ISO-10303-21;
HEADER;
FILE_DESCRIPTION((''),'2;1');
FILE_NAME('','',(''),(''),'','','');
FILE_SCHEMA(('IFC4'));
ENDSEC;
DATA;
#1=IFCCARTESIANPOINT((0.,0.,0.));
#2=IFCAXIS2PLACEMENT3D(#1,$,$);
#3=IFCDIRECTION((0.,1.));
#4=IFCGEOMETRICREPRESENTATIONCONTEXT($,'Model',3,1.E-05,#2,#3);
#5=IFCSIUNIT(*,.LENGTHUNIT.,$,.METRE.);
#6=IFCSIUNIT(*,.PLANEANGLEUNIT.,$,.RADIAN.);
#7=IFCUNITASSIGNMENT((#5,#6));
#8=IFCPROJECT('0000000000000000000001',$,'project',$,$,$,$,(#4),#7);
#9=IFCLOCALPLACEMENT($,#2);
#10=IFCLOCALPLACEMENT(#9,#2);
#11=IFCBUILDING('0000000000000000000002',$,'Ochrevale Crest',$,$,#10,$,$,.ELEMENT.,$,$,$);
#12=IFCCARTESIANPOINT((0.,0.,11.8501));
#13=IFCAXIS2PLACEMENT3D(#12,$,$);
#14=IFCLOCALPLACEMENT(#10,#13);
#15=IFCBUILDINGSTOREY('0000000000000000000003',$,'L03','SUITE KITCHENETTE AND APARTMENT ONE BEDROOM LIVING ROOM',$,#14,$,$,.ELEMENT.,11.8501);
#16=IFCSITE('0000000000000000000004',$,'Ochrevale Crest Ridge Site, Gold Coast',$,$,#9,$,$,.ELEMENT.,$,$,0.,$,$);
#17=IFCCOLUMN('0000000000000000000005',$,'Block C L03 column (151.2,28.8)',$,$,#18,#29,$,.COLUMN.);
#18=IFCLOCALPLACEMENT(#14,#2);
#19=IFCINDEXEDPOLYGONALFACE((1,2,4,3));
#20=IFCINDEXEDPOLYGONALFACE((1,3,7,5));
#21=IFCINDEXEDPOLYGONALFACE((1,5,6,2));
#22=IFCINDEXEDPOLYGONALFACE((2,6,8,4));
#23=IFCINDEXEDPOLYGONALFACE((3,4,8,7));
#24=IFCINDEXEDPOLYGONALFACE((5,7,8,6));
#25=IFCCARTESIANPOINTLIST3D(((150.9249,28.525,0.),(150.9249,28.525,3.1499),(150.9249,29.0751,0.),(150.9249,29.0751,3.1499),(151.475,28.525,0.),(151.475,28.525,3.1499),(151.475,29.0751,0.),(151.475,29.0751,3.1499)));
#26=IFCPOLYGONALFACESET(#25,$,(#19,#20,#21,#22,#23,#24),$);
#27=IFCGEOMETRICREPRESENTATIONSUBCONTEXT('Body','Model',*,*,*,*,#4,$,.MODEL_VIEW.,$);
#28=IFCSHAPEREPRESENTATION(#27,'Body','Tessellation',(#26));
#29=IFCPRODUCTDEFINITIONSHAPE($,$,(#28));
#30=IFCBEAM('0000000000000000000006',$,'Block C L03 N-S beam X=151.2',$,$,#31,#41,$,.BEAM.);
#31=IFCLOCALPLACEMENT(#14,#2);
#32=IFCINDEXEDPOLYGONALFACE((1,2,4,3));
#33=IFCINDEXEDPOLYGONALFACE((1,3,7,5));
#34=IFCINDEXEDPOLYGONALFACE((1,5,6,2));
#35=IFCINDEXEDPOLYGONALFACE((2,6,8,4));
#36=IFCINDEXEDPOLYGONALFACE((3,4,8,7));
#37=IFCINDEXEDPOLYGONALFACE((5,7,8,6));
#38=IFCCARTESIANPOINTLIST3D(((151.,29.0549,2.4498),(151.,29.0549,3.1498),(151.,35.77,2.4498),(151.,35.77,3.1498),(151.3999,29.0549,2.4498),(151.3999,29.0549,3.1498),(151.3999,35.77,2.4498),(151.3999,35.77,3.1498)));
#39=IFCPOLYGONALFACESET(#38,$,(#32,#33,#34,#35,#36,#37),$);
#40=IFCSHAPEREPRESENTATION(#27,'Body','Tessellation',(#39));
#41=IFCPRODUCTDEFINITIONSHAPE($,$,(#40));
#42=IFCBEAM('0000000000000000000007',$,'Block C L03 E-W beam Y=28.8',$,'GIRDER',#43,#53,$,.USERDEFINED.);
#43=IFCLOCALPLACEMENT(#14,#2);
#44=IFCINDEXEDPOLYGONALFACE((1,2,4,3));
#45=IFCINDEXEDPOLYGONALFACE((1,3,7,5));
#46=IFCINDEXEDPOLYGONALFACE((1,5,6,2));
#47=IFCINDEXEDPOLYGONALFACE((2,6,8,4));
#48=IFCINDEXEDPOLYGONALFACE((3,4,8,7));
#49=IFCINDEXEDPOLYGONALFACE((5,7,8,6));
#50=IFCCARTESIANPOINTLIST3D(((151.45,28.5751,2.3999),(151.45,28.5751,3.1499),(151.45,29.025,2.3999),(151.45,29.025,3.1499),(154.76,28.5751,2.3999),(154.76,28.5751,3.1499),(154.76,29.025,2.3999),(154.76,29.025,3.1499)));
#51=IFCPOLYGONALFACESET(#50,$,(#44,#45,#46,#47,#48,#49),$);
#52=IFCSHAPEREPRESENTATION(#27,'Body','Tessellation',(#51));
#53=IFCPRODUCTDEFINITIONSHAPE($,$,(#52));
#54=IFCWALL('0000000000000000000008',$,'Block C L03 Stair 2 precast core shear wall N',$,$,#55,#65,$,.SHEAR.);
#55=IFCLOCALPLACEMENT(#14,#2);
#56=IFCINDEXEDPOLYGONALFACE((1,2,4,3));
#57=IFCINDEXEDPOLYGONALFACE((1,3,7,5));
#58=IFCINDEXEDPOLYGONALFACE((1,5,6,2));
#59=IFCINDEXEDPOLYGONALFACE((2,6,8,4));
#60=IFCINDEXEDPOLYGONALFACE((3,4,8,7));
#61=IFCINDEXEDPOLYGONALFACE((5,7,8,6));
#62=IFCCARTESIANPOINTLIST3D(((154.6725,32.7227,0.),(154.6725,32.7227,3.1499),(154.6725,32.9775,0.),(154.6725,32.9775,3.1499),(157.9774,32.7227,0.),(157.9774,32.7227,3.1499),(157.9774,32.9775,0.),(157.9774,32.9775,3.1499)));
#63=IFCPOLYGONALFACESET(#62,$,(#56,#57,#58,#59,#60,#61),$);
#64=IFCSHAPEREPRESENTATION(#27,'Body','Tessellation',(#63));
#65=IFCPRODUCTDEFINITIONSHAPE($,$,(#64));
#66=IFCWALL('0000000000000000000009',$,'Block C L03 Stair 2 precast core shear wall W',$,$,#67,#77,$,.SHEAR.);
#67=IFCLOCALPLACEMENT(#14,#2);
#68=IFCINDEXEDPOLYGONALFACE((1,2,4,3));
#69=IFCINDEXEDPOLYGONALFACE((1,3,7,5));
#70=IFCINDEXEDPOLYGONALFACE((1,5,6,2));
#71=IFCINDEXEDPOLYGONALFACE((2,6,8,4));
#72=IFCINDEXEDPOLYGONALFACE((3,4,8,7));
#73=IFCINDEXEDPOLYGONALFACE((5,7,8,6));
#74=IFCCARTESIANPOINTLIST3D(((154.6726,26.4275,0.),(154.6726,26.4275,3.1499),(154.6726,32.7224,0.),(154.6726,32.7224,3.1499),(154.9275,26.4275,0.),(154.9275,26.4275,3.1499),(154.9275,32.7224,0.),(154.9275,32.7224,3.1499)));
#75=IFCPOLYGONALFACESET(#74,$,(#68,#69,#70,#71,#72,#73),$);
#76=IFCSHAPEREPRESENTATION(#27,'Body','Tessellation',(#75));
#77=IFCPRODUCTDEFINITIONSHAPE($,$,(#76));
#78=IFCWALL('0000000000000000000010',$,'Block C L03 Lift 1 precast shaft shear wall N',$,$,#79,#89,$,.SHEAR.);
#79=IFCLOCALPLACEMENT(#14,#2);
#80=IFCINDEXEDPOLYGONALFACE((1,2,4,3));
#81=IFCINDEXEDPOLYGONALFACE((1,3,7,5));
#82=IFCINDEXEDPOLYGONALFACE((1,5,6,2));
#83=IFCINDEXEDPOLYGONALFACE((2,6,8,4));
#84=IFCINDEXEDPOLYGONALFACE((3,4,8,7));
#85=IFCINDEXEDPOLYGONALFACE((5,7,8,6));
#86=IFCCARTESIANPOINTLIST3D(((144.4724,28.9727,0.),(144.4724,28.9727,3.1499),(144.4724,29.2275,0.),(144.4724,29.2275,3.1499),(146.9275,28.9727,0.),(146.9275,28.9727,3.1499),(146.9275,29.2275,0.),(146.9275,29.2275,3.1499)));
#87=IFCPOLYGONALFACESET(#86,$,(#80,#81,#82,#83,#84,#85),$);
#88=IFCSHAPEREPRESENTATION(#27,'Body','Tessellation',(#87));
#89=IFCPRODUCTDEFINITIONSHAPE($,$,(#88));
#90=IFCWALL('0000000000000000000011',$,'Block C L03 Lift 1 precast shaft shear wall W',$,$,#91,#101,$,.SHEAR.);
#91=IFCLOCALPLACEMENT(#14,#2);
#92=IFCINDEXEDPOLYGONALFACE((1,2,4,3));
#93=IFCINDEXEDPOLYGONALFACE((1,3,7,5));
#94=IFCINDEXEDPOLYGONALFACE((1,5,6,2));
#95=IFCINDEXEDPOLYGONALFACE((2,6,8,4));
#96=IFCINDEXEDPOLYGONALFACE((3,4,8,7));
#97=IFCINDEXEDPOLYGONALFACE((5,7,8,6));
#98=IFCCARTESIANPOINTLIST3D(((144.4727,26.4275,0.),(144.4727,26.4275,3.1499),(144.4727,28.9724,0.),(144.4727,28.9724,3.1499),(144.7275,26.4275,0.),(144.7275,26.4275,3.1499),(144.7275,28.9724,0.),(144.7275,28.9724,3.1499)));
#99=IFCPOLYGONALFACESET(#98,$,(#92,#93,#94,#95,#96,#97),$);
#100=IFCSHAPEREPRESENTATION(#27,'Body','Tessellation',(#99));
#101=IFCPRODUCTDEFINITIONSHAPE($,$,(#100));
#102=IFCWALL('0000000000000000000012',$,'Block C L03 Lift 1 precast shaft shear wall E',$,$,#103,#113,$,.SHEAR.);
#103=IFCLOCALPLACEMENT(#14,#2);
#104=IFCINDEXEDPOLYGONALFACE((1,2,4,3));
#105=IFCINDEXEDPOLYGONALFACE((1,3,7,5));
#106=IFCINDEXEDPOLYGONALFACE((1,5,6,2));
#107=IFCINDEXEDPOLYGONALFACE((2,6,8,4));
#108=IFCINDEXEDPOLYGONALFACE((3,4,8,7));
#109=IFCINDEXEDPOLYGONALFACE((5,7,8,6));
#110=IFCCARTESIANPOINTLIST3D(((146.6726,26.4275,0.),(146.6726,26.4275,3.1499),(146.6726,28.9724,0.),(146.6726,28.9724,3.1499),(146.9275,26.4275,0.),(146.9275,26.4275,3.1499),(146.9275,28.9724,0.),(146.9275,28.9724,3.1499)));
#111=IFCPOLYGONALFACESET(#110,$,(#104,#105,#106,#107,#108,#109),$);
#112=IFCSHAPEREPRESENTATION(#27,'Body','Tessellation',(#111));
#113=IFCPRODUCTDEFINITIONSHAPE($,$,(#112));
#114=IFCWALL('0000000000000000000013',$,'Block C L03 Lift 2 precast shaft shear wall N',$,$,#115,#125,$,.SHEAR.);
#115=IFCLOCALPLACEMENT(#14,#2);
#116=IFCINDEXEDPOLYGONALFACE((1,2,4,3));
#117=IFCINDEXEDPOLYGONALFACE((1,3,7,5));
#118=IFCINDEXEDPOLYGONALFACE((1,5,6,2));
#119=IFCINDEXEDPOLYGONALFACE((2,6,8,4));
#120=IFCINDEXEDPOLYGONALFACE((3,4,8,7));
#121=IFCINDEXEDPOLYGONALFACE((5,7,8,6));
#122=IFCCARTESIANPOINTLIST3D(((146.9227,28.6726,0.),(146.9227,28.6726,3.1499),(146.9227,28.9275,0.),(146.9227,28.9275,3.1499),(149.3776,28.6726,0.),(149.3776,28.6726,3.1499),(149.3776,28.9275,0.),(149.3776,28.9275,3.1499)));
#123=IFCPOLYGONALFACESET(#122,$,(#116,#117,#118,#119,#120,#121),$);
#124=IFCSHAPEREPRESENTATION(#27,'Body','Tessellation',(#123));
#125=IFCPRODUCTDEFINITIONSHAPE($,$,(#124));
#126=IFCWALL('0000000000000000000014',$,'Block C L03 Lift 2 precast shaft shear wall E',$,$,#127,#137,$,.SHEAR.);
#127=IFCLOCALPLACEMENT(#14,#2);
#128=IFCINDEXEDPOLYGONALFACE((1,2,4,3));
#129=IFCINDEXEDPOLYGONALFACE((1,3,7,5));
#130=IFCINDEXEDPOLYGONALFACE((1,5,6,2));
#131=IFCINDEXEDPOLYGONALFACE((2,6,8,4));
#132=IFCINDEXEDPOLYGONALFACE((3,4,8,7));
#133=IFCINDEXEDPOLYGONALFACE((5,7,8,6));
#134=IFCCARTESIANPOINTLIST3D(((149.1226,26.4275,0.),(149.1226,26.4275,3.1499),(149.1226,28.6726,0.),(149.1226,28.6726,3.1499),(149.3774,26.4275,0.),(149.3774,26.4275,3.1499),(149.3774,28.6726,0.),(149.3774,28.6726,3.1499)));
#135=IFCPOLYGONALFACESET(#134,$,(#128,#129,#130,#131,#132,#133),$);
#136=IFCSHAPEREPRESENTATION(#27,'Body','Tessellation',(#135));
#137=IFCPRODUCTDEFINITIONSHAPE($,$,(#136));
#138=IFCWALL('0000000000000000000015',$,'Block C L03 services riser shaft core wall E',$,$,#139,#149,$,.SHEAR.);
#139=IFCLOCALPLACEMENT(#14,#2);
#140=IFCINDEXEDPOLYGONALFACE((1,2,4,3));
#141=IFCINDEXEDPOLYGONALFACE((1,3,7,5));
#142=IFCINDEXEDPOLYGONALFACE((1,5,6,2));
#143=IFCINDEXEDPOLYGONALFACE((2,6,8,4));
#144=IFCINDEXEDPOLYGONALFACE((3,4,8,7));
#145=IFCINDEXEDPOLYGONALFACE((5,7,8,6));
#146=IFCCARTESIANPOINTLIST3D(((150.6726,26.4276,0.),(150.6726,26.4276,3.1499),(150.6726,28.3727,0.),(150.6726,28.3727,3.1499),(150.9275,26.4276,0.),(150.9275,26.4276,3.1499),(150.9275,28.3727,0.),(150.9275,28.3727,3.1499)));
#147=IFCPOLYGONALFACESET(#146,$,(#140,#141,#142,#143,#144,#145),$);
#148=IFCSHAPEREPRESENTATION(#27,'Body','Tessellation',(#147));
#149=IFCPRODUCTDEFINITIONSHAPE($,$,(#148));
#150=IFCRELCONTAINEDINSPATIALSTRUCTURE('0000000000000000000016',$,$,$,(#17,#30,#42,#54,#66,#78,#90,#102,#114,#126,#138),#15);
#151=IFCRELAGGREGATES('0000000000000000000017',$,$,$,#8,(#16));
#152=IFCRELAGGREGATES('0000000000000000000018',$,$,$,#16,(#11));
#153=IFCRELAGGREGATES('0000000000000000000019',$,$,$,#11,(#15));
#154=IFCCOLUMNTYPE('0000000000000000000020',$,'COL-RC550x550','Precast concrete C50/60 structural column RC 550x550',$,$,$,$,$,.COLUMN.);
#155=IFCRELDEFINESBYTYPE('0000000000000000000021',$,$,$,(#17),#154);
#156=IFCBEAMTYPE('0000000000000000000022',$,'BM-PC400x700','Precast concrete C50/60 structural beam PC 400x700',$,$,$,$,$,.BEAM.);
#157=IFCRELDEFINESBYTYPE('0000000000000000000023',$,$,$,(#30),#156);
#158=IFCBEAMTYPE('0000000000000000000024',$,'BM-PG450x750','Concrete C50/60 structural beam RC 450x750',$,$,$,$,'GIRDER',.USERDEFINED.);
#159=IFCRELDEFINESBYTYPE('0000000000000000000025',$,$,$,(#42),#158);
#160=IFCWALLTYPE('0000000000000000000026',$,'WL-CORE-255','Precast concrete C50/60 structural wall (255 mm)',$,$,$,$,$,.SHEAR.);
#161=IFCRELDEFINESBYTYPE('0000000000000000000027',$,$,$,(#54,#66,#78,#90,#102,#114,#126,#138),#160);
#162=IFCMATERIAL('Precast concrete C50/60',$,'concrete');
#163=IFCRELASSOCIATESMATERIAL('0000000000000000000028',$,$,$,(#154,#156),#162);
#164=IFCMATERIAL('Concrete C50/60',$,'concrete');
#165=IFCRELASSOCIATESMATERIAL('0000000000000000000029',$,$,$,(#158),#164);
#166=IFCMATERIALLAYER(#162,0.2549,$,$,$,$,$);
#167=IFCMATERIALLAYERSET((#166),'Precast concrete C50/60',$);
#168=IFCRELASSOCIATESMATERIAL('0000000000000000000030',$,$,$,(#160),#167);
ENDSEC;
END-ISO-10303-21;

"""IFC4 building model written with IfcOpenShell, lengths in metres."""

from ifc_helpers import new_model, si_unit, direction, frame, frame_2d, origin, origin_2d, place, context, subcontext, project, spatial, rectangle, extrude, material, layer, layer_set, material_profile, profile_set, type_object, element, save


model = new_model("IFC4")

# Units and contexts
model_context = context("Model", 3, precision=1e-05, world=origin(), true_north=direction((0.0, 1.0)))
body_context = subcontext(model_context, "Body", "Model", "MODEL_VIEW")
ifc_project = project(units=[si_unit("LENGTHUNIT", "METRE"), si_unit("PLANEANGLEUNIT", "RADIAN")], contexts=[model_context])

# Site, building, storey
site_placement = place(None, origin())
site = spatial("IfcSite", under=ifc_project, at=site_placement, Name="Ochrevale Crest Ridge Site, Gold Coast", CompositionType="ELEMENT", RefElevation=0.0)
building_placement = place(site_placement, origin())
building = spatial("IfcBuilding", under=site, at=building_placement, Name="Ochrevale Crest", CompositionType="ELEMENT")
storey_placement = place(building_placement, frame((0.0, 0.0, 11.8501)))
storey = spatial("IfcBuildingStorey", under=building, at=storey_placement, Name="L03", Description="SUITE KITCHENETTE AND APARTMENT ONE BEDROOM LIVING ROOM", CompositionType="ELEMENT", Elevation=11.8501)

# Column
ifc_material_1 = material(Name="Precast concrete C50/60", Category="concrete")
ifc_material_profile_1 = material_profile(ifc_material_1, rectangle(XDim=0.55, YDim=0.55, at=origin_2d()), Name="RC 550x550")
ifc_profile_set_1 = profile_set([ifc_material_profile_1], Name="Precast concrete C50/60")
column_type = type_object("IfcColumnType", Name="COL-RC550x550", Description="Precast concrete C50/60 structural column RC 550x550", PredefinedType="COLUMN", material=ifc_profile_set_1)
column_placement = place(storey_placement, frame((151.2, 28.8, 0.0), z_axis=(0.0, 0.0, 1.0), x_axis=(1.0, 0.0, 0.0)))
element("IfcColumn", 1, at=column_placement, inside=storey, type_object=column_type, Name="Block C L03 column (151.2,28.8)", PredefinedType="COLUMN", context=body_context, shape_type="SweptSolid", body=[
    extrude(rectangle(XDim=0.55, YDim=0.55, at=origin_2d()), origin(), (0.0, 0.0, 1.0), 3.1499),
])

# Beams
ifc_material_profile_2 = material_profile(ifc_material_1, rectangle(XDim=0.3999, YDim=0.7, at=origin_2d()), Name="PC 400x700")
ifc_profile_set_2 = profile_set([ifc_material_profile_2], Name="Precast concrete C50/60")
beam_type_1 = type_object("IfcBeamType", Name="BM-PC400x700", Description="Precast concrete C50/60 structural beam PC 400x700", PredefinedType="BEAM", material=ifc_profile_set_2)
beam_1_placement = place(storey_placement, frame((151.2, 29.0549, 2.7998), z_axis=(0.0, 1.0, 0.0), x_axis=(-1.0, 0.0, 0.0)))
element("IfcBeam", 2, at=beam_1_placement, inside=storey, type_object=beam_type_1, Name="Block C L03 N-S beam X=151.2", PredefinedType="BEAM", context=body_context, shape_type="SweptSolid", body=[
    extrude(rectangle(XDim=0.3999, YDim=0.7, at=origin_2d()), origin(), (0.0, 0.0, 1.0), 6.7151),
])
ifc_material_2 = material(Name="Concrete C50/60", Category="concrete")
ifc_material_profile_3 = material_profile(ifc_material_2, rectangle(XDim=0.45, YDim=0.75, at=origin_2d()), Name="RC 450x750")
ifc_profile_set_3 = profile_set([ifc_material_profile_3], Name="Concrete C50/60")
beam_type_2 = type_object("IfcBeamType", Name="BM-PG450x750", Description="Concrete C50/60 structural beam RC 450x750", ElementType="GIRDER", PredefinedType="USERDEFINED", material=ifc_profile_set_3)
beam_2_placement = place(storey_placement, frame((151.45, 28.8, 2.7749), z_axis=(1.0, 0.0, 0.0), x_axis=(0.0, 1.0, 0.0)))
element("IfcBeam", 3, at=beam_2_placement, inside=storey, type_object=beam_type_2, Name="Block C L03 E-W beam Y=28.8", ObjectType="GIRDER", PredefinedType="USERDEFINED", context=body_context, shape_type="SweptSolid", body=[
    extrude(rectangle(XDim=0.45, YDim=0.75, at=origin_2d()), origin(), (0.0, 0.0, 1.0), 3.3101),
])

# Shared definitions
ifc_layer_1 = layer(ifc_material_1, 0.2549)
ifc_layer_set_1 = layer_set([ifc_layer_1], Name="Precast concrete C50/60")
wall_type_1 = type_object("IfcWallType", Name="WL-CORE-255", Description="Precast concrete C50/60 structural wall (255 mm)", PredefinedType="SHEAR", material=ifc_layer_set_1)

# Walls
wall_1_placement = place(storey_placement, frame((154.6726, 32.8501, 0.0), z_axis=(0.0, 0.0, 1.0), x_axis=(1.0, 0.0, 0.0)))
element("IfcWall", 4, at=wall_1_placement, inside=storey, type_object=wall_type_1, Name="Block C L03 Stair 2 precast core shear wall N", PredefinedType="SHEAR", context=body_context, shape_type="SweptSolid", body=[
    extrude(rectangle(XDim=3.3049, YDim=0.2549, at=frame_2d((1.6523, 0.0))), origin(), (0.0, 0.0, 1.0), 3.1499),
])
wall_2_placement = place(storey_placement, frame((154.8, 26.4275, 0.0), z_axis=(0.0, 0.0, 1.0), x_axis=(0.0, 1.0, 0.0)))
element("IfcWall", 5, at=wall_2_placement, inside=storey, type_object=wall_type_1, Name="Block C L03 Stair 2 precast core shear wall W", PredefinedType="SHEAR", context=body_context, shape_type="SweptSolid", body=[
    extrude(rectangle(XDim=6.2949, YDim=0.2549, at=frame_2d((3.1475, 0.0))), origin(), (0.0, 0.0, 1.0), 3.1499),
])

# Walls
wall_3_placement = place(storey_placement, frame((144.4724, 29.1001, 0.0), z_axis=(0.0, 0.0, 1.0), x_axis=(1.0, 0.0, 0.0)))
element("IfcWall", 6, at=wall_3_placement, inside=storey, type_object=wall_type_1, Name="Block C L03 Lift 1 precast shaft shear wall N", PredefinedType="SHEAR", context=body_context, shape_type="SweptSolid", body=[
    extrude(rectangle(XDim=2.4551, YDim=0.2549, at=frame_2d((1.2275, 0.0))), origin(), (0.0, 0.0, 1.0), 3.1499),
])
for number, where, z_axis, x_axis, name in (
    (7, (144.6001, 26.4275, 0.0), (0.0, 0.0, 1.0), (0.0, 1.0, 0.0), "Block C L03 Lift 1 precast shaft shear wall W"),
    (8, (146.8, 26.4275, 0.0), (0.0, 0.0, 1.0), (0.0, 1.0, 0.0), "Block C L03 Lift 1 precast shaft shear wall E"),
):
    element("IfcWall", number, at=place(storey_placement, frame(where, z_axis=z_axis, x_axis=x_axis)), inside=storey, type_object=wall_type_1, Name=name, PredefinedType="SHEAR", context=body_context, shape_type="SweptSolid", body=[
        extrude(rectangle(XDim=2.5449, YDim=0.2549, at=frame_2d((1.2725, 0.0))), origin(), (0.0, 0.0, 1.0), 3.1499),
    ])

# Walls
wall_4_placement = place(storey_placement, frame((146.9226, 28.8, 0.0), z_axis=(0.0, 0.0, 1.0), x_axis=(1.0, 0.0, 0.0)))
element("IfcWall", 9, at=wall_4_placement, inside=storey, type_object=wall_type_1, Name="Block C L03 Lift 2 precast shaft shear wall N", PredefinedType="SHEAR", context=body_context, shape_type="SweptSolid", body=[
    extrude(rectangle(XDim=2.4548, YDim=0.2549, at=frame_2d((1.2275, 0.0))), origin(), (0.0, 0.0, 1.0), 3.1499),
])
wall_5_placement = place(storey_placement, frame((149.25, 26.4275, 0.0), z_axis=(0.0, 0.0, 1.0), x_axis=(0.0, 1.0, 0.0)))
element("IfcWall", 10, at=wall_5_placement, inside=storey, type_object=wall_type_1, Name="Block C L03 Lift 2 precast shaft shear wall E", PredefinedType="SHEAR", context=body_context, shape_type="SweptSolid", body=[
    extrude(rectangle(XDim=2.2451, YDim=0.2549, at=frame_2d((1.1226, 0.0))), origin(), (0.0, 0.0, 1.0), 3.1499),
])
wall_6_placement = place(storey_placement, frame((150.8, 26.4275, 0.0), z_axis=(0.0, 0.0, 1.0), x_axis=(0.0, 1.0, 0.0)))
element("IfcWall", 11, at=wall_6_placement, inside=storey, type_object=wall_type_1, Name="Block C L03 services riser shaft core wall E", PredefinedType="SHEAR", context=body_context, shape_type="SweptSolid", body=[
    extrude(rectangle(XDim=1.9451, YDim=0.2549, at=frame_2d((0.9727, 0.0))), origin(), (0.0, 0.0, 1.0), 3.1499),
])

save(model, "model.ifc")
